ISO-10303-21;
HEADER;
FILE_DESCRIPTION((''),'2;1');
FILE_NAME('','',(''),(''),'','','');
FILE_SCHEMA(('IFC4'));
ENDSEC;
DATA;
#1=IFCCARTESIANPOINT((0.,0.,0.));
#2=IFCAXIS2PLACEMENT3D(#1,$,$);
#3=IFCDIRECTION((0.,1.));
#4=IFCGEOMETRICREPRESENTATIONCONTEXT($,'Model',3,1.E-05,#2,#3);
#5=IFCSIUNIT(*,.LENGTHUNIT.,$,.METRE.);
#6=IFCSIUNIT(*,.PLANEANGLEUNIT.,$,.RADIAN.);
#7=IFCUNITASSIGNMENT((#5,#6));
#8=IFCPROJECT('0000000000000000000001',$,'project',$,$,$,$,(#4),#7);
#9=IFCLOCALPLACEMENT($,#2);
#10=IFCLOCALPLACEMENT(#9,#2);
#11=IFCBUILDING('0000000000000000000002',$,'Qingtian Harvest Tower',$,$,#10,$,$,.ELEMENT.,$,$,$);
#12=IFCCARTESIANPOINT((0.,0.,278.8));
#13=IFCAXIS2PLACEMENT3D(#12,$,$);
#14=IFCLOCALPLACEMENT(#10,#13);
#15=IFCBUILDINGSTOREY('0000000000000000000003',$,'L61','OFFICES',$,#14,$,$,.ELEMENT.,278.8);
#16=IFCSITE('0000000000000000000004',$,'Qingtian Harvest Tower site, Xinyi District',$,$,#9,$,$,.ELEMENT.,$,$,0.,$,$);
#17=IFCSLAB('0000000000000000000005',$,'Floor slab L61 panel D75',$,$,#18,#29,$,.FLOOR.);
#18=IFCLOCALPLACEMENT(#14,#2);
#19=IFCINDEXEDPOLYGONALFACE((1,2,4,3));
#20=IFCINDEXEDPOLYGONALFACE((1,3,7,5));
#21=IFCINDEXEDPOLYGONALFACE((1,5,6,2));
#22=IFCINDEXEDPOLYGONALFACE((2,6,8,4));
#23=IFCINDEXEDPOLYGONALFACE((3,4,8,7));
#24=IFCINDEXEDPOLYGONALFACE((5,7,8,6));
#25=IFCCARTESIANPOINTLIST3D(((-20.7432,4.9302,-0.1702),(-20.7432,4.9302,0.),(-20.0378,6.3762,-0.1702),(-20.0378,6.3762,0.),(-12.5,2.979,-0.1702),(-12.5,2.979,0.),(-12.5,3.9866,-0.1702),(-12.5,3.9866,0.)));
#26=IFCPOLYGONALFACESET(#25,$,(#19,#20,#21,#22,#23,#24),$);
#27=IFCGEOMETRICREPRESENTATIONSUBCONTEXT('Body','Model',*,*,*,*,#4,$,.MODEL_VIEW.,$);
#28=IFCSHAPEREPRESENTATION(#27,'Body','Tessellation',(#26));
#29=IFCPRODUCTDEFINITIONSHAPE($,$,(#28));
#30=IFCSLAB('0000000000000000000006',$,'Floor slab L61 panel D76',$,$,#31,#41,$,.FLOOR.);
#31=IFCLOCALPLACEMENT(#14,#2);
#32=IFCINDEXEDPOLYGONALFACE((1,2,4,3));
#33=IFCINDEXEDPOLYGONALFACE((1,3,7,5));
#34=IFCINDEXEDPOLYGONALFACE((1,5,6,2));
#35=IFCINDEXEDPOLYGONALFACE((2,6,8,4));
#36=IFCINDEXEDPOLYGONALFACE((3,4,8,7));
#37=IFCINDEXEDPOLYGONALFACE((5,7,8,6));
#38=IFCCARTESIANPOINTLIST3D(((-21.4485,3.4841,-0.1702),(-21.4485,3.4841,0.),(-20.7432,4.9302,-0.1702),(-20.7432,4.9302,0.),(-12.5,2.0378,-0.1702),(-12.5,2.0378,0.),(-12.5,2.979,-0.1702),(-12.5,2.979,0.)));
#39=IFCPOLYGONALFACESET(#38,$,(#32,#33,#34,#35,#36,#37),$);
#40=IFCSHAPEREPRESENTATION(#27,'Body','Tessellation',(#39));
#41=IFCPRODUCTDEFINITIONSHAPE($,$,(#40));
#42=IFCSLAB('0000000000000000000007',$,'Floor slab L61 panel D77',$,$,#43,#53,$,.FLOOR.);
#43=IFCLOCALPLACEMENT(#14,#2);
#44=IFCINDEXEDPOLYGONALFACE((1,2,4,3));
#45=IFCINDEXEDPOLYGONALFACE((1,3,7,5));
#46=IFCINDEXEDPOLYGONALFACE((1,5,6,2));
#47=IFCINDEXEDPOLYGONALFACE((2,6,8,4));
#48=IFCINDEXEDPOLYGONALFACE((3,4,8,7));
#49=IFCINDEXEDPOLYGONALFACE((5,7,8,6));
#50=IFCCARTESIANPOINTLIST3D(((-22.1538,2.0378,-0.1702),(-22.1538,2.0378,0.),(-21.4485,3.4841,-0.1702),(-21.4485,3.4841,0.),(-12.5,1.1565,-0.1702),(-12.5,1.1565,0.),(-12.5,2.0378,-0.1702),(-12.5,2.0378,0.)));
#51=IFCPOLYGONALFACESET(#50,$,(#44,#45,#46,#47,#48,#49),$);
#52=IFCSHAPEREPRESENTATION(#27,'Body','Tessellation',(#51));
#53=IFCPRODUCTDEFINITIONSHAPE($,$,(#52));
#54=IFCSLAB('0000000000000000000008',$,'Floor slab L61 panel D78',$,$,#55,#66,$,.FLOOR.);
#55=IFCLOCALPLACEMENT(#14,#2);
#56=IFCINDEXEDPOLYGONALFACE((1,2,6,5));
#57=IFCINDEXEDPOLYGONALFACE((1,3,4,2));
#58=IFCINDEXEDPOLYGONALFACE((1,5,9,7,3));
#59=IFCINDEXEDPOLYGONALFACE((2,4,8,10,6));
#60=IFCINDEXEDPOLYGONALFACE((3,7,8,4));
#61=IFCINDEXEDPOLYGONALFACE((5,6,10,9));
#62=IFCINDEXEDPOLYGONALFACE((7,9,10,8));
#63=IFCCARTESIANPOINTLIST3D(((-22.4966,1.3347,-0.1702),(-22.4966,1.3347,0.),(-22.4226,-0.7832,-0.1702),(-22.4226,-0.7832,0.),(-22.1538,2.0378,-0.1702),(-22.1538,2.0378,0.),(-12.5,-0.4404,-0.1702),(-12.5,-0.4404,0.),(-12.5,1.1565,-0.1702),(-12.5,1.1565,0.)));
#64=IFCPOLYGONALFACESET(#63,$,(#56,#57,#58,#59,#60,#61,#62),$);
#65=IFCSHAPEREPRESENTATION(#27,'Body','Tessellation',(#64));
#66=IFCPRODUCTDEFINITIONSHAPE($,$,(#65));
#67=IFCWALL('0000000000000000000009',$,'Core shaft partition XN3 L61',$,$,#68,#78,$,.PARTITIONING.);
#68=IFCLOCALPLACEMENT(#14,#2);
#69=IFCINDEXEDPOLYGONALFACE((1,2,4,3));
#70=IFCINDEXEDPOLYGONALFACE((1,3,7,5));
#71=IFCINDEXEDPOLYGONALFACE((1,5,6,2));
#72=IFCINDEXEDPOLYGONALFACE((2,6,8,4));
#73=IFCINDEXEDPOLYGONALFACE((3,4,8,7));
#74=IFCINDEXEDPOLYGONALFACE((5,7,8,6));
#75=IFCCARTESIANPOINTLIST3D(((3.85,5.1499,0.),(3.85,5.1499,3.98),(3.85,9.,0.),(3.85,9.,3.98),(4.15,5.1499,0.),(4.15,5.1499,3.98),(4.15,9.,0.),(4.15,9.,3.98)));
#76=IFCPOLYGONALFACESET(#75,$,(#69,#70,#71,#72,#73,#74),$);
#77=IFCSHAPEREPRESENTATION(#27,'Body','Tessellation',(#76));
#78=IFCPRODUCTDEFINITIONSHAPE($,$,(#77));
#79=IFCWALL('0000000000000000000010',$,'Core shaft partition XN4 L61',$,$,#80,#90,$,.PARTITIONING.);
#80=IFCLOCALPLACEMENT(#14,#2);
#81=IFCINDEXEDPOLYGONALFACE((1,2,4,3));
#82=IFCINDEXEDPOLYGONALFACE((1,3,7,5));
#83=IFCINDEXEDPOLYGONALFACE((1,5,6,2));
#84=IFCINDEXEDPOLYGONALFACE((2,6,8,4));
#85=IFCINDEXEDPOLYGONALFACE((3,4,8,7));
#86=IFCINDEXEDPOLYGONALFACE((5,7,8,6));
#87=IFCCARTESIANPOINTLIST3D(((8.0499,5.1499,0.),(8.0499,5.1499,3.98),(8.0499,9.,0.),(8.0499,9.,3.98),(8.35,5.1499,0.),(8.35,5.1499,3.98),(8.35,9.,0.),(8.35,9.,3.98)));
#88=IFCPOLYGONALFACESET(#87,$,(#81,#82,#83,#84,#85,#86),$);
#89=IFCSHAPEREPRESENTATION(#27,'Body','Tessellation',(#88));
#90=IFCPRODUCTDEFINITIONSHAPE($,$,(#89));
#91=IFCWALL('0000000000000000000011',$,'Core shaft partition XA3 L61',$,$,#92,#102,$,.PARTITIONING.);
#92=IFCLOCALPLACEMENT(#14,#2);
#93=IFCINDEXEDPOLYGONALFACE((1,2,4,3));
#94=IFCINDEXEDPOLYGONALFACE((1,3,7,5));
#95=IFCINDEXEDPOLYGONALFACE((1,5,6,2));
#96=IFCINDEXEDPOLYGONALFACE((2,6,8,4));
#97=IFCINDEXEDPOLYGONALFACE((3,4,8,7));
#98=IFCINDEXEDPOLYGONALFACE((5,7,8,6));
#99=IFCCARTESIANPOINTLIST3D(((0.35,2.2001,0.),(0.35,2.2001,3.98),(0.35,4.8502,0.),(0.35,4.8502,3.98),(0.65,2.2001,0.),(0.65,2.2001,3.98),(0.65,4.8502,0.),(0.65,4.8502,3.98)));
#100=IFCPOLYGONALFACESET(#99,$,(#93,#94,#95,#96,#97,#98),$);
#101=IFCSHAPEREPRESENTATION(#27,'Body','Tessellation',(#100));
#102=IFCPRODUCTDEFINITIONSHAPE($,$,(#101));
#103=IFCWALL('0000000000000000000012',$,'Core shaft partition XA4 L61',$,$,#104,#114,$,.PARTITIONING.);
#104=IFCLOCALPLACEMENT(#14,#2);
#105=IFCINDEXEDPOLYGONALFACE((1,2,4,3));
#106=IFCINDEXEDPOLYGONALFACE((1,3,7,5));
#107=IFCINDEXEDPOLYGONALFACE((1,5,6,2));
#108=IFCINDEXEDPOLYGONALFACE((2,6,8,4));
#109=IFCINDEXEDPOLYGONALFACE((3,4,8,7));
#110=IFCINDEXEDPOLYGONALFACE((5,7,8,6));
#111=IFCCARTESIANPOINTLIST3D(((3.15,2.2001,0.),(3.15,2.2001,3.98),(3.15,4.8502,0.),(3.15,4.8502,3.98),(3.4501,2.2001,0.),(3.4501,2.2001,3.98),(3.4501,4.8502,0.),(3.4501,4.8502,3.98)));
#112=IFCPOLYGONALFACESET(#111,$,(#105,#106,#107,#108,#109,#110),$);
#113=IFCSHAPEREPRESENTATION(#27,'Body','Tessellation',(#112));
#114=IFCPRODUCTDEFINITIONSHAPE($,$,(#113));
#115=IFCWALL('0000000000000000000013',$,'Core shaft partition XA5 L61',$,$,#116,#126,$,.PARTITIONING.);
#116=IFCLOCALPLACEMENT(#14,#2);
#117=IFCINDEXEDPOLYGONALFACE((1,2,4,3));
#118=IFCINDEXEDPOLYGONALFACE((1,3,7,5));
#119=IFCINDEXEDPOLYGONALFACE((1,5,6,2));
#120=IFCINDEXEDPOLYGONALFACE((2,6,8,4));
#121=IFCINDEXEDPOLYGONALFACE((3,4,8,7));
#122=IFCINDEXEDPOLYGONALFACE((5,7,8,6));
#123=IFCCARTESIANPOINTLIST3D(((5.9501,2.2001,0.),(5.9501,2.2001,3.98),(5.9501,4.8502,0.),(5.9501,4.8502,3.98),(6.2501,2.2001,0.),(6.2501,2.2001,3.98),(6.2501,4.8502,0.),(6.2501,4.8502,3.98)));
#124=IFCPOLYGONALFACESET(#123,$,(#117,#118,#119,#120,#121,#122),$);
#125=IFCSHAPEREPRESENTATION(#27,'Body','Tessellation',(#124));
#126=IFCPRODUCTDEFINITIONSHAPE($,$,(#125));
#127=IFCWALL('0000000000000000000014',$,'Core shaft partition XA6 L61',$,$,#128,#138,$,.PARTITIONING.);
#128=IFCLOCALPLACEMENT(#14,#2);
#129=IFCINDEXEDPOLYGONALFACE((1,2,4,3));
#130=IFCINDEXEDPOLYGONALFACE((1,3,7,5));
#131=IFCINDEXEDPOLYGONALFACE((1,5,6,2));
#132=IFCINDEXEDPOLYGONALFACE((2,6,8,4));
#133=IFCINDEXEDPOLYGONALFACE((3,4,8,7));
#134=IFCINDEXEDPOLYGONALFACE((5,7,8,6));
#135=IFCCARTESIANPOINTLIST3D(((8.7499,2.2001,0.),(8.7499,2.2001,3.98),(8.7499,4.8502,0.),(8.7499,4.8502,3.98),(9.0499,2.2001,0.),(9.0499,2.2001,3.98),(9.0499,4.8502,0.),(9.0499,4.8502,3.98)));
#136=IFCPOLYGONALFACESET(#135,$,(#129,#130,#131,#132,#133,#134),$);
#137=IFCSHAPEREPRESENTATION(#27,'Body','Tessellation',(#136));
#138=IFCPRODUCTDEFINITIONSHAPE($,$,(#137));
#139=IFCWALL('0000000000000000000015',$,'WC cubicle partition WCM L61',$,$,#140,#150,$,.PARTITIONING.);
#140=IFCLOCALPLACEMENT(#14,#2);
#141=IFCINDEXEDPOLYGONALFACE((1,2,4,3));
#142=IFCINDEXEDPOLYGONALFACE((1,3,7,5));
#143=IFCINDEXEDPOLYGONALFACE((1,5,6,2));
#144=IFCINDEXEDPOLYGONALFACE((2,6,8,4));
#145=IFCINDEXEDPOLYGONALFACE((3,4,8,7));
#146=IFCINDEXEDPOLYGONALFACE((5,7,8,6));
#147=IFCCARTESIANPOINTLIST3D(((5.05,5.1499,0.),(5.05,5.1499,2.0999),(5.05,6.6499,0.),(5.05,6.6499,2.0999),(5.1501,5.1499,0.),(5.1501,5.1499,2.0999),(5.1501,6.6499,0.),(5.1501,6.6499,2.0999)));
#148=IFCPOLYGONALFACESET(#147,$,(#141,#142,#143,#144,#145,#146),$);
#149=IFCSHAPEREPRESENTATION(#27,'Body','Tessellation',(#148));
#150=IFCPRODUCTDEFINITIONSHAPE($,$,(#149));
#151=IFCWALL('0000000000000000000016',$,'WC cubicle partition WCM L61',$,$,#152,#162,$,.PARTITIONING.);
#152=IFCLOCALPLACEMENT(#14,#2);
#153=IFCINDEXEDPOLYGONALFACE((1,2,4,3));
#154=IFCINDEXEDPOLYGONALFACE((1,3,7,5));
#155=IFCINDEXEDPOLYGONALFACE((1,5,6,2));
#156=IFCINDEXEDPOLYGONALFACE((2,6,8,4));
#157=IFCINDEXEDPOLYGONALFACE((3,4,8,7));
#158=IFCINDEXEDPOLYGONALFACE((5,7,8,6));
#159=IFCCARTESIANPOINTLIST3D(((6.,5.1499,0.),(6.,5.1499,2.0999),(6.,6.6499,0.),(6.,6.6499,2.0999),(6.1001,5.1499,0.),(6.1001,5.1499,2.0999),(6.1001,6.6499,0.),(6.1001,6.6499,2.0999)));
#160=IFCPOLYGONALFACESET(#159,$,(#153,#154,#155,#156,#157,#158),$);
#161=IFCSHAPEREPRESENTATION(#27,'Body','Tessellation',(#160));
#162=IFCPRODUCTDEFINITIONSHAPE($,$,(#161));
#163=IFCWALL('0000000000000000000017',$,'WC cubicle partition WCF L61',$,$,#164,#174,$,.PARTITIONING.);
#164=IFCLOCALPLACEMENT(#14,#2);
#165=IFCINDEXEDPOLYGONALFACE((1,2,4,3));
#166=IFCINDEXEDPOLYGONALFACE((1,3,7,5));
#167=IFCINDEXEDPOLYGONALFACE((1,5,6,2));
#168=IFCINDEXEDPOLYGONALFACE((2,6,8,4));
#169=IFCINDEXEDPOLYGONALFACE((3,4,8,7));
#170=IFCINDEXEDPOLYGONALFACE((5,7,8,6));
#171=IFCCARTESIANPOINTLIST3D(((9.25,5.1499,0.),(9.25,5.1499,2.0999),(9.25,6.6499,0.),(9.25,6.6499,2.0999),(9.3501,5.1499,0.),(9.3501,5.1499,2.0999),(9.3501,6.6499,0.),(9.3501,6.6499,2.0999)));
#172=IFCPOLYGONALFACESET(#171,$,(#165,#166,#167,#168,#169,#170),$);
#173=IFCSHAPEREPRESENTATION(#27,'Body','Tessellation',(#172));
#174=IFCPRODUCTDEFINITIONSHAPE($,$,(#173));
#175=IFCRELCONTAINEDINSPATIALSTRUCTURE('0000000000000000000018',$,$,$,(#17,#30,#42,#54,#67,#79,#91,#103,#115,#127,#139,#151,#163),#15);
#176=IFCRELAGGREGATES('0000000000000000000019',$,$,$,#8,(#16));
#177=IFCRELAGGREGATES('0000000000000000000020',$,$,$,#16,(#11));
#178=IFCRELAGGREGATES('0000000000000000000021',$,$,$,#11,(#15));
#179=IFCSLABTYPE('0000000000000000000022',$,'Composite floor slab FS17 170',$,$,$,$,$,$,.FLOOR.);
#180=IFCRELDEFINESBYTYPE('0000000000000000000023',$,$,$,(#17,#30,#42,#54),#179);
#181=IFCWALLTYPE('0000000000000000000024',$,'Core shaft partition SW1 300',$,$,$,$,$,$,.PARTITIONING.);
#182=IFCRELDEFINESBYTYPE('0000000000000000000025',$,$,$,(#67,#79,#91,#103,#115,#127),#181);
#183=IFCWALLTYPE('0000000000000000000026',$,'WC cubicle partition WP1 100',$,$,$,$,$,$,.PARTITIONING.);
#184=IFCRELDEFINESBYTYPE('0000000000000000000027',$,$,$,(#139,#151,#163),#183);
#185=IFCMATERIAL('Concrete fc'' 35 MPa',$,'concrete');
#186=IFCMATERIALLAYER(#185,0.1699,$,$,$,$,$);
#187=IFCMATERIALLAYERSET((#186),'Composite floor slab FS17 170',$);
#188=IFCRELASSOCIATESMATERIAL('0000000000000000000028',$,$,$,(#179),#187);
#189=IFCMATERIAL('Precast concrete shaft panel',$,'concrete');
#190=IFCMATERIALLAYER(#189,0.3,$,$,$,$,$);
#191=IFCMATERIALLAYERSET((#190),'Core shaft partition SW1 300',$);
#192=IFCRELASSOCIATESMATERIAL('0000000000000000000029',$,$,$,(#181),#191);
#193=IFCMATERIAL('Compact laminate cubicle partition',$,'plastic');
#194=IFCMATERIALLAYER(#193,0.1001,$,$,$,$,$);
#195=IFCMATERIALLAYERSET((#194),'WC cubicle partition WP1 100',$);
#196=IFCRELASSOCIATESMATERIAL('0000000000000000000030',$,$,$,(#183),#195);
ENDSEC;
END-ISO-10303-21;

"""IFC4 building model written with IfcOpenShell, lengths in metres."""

from ifc_helpers import new_model, si_unit, direction, frame, frame_2d, origin, place, context, subcontext, project, spatial, polyline, rectangle, outline, extrude, material, layer, layer_set, type_object, element, save


model = new_model("IFC4")

# Units and contexts
model_context = context("Model", 3, precision=1e-05, world=origin(), true_north=direction((0.0, 1.0)))
body_context = subcontext(model_context, "Body", "Model", "MODEL_VIEW")
ifc_project = project(units=[si_unit("LENGTHUNIT", "METRE"), si_unit("PLANEANGLEUNIT", "RADIAN")], contexts=[model_context])

# Site, building, storey
site_placement = place(None, origin())
site = spatial("IfcSite", under=ifc_project, at=site_placement, Name="Qingtian Harvest Tower site, Xinyi District", CompositionType="ELEMENT", RefElevation=0.0)
building_placement = place(site_placement, origin())
building = spatial("IfcBuilding", under=site, at=building_placement, Name="Qingtian Harvest Tower", CompositionType="ELEMENT")
storey_placement = place(building_placement, frame((0.0, 0.0, 278.8)))
storey = spatial("IfcBuildingStorey", under=building, at=storey_placement, Name="L61", Description="OFFICES", CompositionType="ELEMENT", Elevation=278.8)

# Slabs
ifc_material_1 = material(Name="Concrete fc' 35 MPa", Category="concrete")
ifc_layer_1 = layer(ifc_material_1, 0.1699)
ifc_layer_set_1 = layer_set([ifc_layer_1], Name="Composite floor slab FS17 170")
slab_type = type_object("IfcSlabType", Name="Composite floor slab FS17 170", PredefinedType="FLOOR", material=ifc_layer_set_1)
slab_1_placement = place(storey_placement, frame((0.0, 0.0, -0.1702)))
element("IfcSlab", 1, at=slab_1_placement, inside=storey, type_object=slab_type, Name="Floor slab L61 panel D75", PredefinedType="FLOOR", context=body_context, shape_type="SweptSolid", body=[
    extrude(outline(polyline([(-12.5, 2.979), (-20.7432, 4.9302), (-20.0378, 6.3762), (-12.5, 3.9866), (-12.5, 2.979)])), origin(), (0.0, 0.0, 1.0), 0.1702),
])
slab_2_placement = place(storey_placement, frame((0.0, 0.0, -0.1702)))
element("IfcSlab", 2, at=slab_2_placement, inside=storey, type_object=slab_type, Name="Floor slab L61 panel D76", PredefinedType="FLOOR", context=body_context, shape_type="SweptSolid", body=[
    extrude(outline(polyline([(-12.5, 2.0378), (-21.4485, 3.4841), (-20.7432, 4.9302), (-12.5, 2.979), (-12.5, 2.0378)])), origin(), (0.0, 0.0, 1.0), 0.1702),
])
slab_3_placement = place(storey_placement, frame((0.0, 0.0, -0.1702)))
element("IfcSlab", 3, at=slab_3_placement, inside=storey, type_object=slab_type, Name="Floor slab L61 panel D77", PredefinedType="FLOOR", context=body_context, shape_type="SweptSolid", body=[
    extrude(outline(polyline([(-12.5, 1.1565), (-22.1538, 2.0378), (-21.4485, 3.4841), (-12.5, 2.0378), (-12.5, 1.1565)])), origin(), (0.0, 0.0, 1.0), 0.1702),
])
slab_4_placement = place(storey_placement, frame((0.0, 0.0, -0.1702)))
element("IfcSlab", 4, at=slab_4_placement, inside=storey, type_object=slab_type, Name="Floor slab L61 panel D78", PredefinedType="FLOOR", context=body_context, shape_type="SweptSolid", body=[
    extrude(outline(polyline([(-12.5, 1.1565), (-12.5, -0.4404), (-22.4226, -0.7832), (-22.4966, 1.3347), (-22.1538, 2.0378), (-12.5, 1.1565)])), origin(), (0.0, 0.0, 1.0), 0.1702),
])

# Shared definitions
ifc_material_2 = material(Name="Precast concrete shaft panel", Category="concrete")
ifc_layer_2 = layer(ifc_material_2, 0.3)
ifc_layer_set_2 = layer_set([ifc_layer_2], Name="Core shaft partition SW1 300")
wall_type_1 = type_object("IfcWallType", Name="Core shaft partition SW1 300", PredefinedType="PARTITIONING", material=ifc_layer_set_2)

# Walls
for number, where, z_axis, x_axis, name in (
    (5, (4.0, 5.1499, 0.0), (0.0, 0.0, 1.0), (0.0, 1.0, 0.0), "Core shaft partition XN3 L61"),
    (6, (8.2, 5.1499, 0.0), (0.0, 0.0, 1.0), (0.0, 1.0, 0.0), "Core shaft partition XN4 L61"),
):
    element("IfcWall", number, at=place(storey_placement, frame(where, z_axis=z_axis, x_axis=x_axis)), inside=storey, type_object=wall_type_1, Name=name, PredefinedType="PARTITIONING", context=body_context, shape_type="SweptSolid", body=[
        extrude(rectangle(XDim=3.8501, YDim=0.3, at=frame_2d((1.925, 0.0))), origin(), (0.0, 0.0, 1.0), 3.98),
    ])
for number, where, z_axis, x_axis, name in (
    (7, (0.5, 2.2, 0.0), (0.0, 0.0, 1.0), (0.0, 1.0, 0.0), "Core shaft partition XA3 L61"),
    (8, (3.3, 2.2, 0.0), (0.0, 0.0, 1.0), (0.0, 1.0, 0.0), "Core shaft partition XA4 L61"),
    (9, (6.1001, 2.2, 0.0), (0.0, 0.0, 1.0), (0.0, 1.0, 0.0), "Core shaft partition XA5 L61"),
    (10, (8.8999, 2.2, 0.0), (0.0, 0.0, 1.0), (0.0, 1.0, 0.0), "Core shaft partition XA6 L61"),
):
    element("IfcWall", number, at=place(storey_placement, frame(where, z_axis=z_axis, x_axis=x_axis)), inside=storey, type_object=wall_type_1, Name=name, PredefinedType="PARTITIONING", context=body_context, shape_type="SweptSolid", body=[
        extrude(rectangle(XDim=2.6501, YDim=0.3, at=frame_2d((1.3252, 0.0))), origin(), (0.0, 0.0, 1.0), 3.98),
    ])

# Walls
ifc_material_3 = material(Name="Compact laminate cubicle partition", Category="plastic")
ifc_layer_3 = layer(ifc_material_3, 0.1001)
ifc_layer_set_3 = layer_set([ifc_layer_3], Name="WC cubicle partition WP1 100")
wall_type_2 = type_object("IfcWallType", Name="WC cubicle partition WP1 100", PredefinedType="PARTITIONING", material=ifc_layer_set_3)
for number, where, z_axis, x_axis, name in (
    (11, (5.1001, 5.1499, 0.0), (0.0, 0.0, 1.0), (0.0, 1.0, 0.0), "WC cubicle partition WCM L61"),
    (12, (6.05, 5.1499, 0.0), (0.0, 0.0, 1.0), (0.0, 1.0, 0.0), "WC cubicle partition WCM L61"),
    (13, (9.3, 5.1499, 0.0), (0.0, 0.0, 1.0), (0.0, 1.0, 0.0), "WC cubicle partition WCF L61"),
):
    element("IfcWall", number, at=place(storey_placement, frame(where, z_axis=z_axis, x_axis=x_axis)), inside=storey, type_object=wall_type_2, Name=name, PredefinedType="PARTITIONING", context=body_context, shape_type="SweptSolid", body=[
        extrude(rectangle(XDim=1.5, YDim=0.1001, at=frame_2d((0.75, 0.0))), origin(), (0.0, 0.0, 1.0), 2.0999),
    ])

save(model, "model.ifc")
